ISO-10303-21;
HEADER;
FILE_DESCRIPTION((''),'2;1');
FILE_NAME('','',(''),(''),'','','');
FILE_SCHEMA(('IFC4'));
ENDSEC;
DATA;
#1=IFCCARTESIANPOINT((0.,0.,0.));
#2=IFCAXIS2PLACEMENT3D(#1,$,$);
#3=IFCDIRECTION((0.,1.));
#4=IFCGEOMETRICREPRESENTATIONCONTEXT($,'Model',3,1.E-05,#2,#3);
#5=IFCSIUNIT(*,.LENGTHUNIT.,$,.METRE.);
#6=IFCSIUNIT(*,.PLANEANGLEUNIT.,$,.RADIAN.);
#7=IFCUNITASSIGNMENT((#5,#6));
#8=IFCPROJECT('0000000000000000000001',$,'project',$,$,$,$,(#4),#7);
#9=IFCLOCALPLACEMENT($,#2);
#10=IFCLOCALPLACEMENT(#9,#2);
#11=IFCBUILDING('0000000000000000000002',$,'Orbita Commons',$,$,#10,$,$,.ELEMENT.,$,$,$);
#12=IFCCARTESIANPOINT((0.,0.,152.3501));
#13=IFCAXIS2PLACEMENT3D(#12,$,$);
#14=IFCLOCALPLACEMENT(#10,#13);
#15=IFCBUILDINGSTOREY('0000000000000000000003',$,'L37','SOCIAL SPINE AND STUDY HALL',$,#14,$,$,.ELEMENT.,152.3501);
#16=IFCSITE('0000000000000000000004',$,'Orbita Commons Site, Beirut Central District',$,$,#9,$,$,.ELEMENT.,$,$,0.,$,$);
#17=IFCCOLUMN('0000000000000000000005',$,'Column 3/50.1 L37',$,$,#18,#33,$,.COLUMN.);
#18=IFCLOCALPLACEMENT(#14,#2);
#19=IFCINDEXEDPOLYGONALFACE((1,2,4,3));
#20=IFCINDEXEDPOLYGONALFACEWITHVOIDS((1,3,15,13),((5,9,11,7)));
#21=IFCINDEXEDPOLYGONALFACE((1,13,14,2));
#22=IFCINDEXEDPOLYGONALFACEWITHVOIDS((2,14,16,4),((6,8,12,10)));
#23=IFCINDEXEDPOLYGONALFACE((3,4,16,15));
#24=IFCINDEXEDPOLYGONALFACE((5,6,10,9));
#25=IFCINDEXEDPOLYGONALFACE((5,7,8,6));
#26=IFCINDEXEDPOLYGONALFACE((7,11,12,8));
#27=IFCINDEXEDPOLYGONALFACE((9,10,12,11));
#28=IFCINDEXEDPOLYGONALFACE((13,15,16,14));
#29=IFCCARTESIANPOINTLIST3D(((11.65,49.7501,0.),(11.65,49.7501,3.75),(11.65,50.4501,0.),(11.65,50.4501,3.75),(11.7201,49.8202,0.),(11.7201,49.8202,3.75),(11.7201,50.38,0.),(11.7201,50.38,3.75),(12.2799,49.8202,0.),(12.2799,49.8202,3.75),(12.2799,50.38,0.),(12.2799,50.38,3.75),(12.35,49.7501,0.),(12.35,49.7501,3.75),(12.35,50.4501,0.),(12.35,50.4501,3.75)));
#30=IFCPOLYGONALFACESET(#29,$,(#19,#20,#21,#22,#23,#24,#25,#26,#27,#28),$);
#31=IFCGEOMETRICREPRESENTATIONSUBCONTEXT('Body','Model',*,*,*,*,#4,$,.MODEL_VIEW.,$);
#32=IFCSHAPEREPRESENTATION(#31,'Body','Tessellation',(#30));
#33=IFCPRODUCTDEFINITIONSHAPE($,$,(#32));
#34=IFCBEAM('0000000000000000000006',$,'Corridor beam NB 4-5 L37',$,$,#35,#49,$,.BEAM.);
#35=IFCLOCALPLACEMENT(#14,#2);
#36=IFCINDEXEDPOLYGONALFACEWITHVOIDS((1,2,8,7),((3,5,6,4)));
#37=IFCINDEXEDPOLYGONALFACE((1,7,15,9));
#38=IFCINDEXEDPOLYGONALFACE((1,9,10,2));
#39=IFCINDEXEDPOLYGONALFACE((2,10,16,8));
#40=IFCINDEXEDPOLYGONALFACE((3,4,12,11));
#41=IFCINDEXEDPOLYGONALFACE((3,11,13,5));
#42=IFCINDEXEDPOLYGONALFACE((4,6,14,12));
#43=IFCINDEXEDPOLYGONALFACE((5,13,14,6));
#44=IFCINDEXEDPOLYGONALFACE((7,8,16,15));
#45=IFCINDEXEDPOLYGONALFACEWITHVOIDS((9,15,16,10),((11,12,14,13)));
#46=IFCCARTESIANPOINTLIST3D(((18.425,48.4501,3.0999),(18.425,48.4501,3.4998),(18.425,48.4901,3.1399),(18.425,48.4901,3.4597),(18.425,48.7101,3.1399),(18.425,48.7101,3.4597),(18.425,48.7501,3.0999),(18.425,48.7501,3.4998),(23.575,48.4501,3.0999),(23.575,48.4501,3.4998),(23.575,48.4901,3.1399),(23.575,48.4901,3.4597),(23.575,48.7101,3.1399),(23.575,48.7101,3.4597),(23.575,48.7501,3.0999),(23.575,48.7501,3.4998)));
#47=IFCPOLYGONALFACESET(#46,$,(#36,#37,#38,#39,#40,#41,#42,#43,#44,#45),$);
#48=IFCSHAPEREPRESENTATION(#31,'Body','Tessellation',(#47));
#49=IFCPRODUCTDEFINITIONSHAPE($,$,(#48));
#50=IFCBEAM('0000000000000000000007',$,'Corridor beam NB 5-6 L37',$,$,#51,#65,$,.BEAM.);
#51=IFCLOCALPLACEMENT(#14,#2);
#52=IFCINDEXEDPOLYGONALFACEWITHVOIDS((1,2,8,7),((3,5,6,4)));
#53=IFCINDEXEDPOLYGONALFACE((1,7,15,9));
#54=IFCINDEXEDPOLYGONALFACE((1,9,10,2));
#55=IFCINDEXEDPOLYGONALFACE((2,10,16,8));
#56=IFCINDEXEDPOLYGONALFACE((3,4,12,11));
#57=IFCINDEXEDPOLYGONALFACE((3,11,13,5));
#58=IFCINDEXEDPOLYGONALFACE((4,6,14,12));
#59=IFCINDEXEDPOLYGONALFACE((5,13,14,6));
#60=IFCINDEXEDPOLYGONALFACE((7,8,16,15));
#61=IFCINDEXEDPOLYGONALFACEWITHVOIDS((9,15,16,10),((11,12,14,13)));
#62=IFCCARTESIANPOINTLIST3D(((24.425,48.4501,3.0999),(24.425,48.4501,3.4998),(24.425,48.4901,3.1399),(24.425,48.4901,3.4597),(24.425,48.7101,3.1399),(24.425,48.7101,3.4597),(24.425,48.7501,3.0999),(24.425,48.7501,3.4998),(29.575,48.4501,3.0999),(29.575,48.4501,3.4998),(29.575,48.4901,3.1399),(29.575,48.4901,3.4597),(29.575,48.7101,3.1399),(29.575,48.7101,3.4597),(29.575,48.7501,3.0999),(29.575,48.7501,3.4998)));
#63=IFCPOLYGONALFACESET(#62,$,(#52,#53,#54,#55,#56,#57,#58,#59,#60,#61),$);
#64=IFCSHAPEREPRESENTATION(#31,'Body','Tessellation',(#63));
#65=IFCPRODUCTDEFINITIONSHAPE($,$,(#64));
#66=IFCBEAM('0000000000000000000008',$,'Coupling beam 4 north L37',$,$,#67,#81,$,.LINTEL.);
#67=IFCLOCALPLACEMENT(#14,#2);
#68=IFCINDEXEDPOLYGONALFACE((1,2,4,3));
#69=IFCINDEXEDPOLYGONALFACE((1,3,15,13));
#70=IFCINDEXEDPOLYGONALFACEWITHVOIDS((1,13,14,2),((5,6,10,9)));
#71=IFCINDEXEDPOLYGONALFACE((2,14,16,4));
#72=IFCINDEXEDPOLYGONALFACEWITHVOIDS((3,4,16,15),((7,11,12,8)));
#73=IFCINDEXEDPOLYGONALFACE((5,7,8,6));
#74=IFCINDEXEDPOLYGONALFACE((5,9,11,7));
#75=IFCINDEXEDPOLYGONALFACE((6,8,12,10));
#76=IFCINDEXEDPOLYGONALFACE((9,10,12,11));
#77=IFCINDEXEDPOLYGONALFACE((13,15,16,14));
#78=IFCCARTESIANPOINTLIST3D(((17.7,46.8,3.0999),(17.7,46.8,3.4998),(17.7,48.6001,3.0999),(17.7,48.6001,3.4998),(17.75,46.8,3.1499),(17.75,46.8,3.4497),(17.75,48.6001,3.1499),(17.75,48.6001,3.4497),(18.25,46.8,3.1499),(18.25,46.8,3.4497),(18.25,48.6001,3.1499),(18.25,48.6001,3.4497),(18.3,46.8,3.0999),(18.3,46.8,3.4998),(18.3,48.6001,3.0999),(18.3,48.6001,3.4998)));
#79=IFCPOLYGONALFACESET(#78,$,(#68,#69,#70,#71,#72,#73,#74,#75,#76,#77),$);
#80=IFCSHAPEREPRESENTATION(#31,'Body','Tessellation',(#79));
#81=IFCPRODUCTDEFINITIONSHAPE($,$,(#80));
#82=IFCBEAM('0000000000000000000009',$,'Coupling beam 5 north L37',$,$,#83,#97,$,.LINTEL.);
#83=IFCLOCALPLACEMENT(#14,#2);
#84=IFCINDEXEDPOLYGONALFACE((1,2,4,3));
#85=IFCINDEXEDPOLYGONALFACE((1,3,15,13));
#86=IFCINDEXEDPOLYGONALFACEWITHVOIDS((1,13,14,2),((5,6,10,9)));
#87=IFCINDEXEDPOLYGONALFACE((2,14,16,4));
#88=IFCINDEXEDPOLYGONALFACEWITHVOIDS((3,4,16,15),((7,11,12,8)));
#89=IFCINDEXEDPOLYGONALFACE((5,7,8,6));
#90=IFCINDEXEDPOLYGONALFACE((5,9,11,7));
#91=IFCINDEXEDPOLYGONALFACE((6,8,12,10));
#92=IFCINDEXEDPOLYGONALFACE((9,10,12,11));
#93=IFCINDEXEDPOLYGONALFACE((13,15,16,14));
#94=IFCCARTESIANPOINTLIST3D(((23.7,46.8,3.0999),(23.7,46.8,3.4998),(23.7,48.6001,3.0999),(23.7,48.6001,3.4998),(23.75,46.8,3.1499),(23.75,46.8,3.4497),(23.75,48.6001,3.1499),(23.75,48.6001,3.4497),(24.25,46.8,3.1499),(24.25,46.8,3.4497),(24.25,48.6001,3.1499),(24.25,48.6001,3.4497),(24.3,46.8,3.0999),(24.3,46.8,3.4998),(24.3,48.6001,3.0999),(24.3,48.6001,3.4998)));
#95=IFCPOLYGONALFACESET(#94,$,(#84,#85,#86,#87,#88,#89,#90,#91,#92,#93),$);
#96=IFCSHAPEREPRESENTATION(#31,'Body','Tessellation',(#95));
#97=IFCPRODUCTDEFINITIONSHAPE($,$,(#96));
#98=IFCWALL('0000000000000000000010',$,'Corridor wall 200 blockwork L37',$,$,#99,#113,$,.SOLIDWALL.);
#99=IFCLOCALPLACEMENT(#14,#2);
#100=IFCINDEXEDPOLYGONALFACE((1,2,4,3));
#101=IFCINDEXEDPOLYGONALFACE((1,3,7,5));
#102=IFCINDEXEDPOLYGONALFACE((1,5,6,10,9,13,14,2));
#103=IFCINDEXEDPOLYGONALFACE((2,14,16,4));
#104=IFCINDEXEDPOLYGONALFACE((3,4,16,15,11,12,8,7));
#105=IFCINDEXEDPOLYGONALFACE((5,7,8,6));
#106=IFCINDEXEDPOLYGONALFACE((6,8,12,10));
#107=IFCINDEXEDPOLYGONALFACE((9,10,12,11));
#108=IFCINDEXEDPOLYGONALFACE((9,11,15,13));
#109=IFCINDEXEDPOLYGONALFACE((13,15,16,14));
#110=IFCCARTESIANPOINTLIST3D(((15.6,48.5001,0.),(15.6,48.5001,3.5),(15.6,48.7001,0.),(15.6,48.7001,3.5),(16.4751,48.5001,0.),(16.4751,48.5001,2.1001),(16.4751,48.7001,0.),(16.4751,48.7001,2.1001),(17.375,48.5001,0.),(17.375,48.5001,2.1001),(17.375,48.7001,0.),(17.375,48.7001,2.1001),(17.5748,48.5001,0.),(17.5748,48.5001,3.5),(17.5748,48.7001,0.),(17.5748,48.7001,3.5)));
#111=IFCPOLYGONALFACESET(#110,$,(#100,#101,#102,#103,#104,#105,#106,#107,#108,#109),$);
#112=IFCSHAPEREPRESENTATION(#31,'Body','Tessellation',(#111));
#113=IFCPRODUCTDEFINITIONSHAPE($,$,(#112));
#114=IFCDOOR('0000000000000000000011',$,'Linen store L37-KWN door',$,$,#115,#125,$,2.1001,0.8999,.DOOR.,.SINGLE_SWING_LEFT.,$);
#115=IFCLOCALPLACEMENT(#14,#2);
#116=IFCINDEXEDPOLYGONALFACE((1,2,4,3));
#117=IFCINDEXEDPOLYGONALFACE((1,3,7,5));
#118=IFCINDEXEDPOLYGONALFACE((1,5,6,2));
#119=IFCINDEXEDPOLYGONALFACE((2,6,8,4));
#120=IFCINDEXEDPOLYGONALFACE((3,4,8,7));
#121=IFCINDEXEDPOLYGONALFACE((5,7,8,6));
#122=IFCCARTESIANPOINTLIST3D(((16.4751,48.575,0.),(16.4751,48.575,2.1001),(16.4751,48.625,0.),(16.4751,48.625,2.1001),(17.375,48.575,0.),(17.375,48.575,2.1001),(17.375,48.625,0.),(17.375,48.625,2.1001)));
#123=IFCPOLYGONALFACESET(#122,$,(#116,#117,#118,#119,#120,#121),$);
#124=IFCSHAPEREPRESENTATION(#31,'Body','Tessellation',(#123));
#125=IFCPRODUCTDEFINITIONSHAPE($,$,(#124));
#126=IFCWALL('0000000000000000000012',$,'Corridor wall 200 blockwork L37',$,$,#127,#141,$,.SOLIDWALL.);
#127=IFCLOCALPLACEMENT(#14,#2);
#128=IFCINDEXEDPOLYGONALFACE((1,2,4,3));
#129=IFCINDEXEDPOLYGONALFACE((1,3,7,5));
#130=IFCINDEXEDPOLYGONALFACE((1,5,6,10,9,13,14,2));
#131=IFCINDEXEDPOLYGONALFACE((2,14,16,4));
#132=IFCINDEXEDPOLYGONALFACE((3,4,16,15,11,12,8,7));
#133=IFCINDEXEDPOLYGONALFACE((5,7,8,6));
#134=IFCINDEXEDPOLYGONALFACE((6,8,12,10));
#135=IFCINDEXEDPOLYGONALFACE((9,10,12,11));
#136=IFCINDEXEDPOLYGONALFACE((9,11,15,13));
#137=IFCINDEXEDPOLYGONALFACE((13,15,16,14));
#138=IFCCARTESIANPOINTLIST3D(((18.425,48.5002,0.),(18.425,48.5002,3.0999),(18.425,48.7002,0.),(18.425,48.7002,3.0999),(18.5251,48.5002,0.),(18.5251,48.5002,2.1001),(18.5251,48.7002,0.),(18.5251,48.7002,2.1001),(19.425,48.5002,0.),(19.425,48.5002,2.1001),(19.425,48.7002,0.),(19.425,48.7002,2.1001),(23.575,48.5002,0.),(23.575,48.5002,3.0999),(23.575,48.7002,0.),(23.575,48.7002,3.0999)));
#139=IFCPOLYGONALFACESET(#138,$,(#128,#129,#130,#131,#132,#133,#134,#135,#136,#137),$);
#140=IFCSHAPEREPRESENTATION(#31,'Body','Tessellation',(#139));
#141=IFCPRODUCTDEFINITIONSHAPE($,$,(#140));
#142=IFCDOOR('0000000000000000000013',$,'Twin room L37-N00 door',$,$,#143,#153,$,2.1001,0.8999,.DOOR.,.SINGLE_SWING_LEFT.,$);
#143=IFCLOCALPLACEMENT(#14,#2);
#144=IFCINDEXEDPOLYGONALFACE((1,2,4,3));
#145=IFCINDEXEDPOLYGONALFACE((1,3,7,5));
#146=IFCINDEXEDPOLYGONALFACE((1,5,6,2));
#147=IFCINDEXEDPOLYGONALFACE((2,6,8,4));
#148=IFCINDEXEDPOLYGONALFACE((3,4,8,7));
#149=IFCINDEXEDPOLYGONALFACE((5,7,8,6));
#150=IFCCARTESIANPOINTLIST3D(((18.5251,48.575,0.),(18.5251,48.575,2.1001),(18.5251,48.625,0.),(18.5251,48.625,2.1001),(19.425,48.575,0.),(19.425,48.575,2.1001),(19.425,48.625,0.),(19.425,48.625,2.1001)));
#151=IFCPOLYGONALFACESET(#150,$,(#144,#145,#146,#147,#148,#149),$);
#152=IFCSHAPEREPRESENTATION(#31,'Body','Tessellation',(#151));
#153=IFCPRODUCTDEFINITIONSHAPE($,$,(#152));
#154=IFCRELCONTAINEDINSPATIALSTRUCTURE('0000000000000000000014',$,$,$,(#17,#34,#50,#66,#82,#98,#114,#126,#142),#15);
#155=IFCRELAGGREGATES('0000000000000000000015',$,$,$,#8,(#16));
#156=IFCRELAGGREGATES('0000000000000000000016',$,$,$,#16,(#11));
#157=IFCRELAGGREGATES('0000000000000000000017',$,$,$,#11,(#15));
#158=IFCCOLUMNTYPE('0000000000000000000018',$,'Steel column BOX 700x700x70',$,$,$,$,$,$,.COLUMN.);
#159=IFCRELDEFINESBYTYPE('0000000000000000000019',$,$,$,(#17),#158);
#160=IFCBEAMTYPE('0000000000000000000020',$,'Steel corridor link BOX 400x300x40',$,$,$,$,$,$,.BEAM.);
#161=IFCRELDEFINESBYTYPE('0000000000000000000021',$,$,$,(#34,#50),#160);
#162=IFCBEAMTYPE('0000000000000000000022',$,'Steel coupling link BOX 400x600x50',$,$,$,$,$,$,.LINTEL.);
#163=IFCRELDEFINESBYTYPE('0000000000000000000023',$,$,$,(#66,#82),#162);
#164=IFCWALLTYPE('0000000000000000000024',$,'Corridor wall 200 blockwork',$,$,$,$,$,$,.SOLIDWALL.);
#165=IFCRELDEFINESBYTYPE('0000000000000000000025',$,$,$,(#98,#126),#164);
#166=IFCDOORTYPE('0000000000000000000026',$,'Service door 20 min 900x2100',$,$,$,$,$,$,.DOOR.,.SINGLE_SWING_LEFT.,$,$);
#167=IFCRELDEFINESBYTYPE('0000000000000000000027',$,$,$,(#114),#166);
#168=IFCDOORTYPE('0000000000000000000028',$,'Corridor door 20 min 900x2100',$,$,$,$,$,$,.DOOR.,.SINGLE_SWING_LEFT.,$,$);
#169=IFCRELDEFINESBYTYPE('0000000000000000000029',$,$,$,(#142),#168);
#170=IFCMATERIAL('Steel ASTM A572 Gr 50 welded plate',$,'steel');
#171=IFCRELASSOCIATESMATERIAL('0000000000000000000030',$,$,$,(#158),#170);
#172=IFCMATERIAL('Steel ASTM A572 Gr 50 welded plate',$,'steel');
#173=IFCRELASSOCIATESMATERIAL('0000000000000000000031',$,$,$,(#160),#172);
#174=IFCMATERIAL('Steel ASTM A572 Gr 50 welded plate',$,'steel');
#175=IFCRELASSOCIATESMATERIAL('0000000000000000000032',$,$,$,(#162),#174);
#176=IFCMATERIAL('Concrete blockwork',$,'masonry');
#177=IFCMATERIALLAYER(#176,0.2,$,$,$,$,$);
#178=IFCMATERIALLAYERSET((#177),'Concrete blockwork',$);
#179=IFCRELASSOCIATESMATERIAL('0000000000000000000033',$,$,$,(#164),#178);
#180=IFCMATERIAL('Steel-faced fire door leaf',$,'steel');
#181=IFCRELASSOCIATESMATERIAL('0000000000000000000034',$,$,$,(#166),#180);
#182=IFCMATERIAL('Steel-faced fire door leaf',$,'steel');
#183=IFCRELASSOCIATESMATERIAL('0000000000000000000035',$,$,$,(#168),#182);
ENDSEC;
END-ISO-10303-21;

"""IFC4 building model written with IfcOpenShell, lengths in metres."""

from ifc_helpers import new_model, si_unit, direction, frame, frame_2d, origin, origin_2d, place, context, subcontext, project, spatial, polyline, rectangle, hollow_rectangle, outline, extrude, material, layer, layer_set, material_profile, profile_set, type_object, element, fill, save


model = new_model("IFC4")

# Units and contexts
model_context = context("Model", 3, precision=1e-05, world=origin(), true_north=direction((0.0, 1.0)))
body_context = subcontext(model_context, "Body", "Model", "MODEL_VIEW")
ifc_project = project(units=[si_unit("LENGTHUNIT", "METRE"), si_unit("PLANEANGLEUNIT", "RADIAN")], contexts=[model_context])

# Site, building, storey
site_placement = place(None, origin())
site = spatial("IfcSite", under=ifc_project, at=site_placement, Name="Orbita Commons Site, Beirut Central District", CompositionType="ELEMENT", RefElevation=0.0)
building_placement = place(site_placement, origin())
building = spatial("IfcBuilding", under=site, at=building_placement, Name="Orbita Commons", CompositionType="ELEMENT")
storey_placement = place(building_placement, frame((0.0, 0.0, 152.3501)))
storey = spatial("IfcBuildingStorey", under=building, at=storey_placement, Name="L37", Description="SOCIAL SPINE AND STUDY HALL", CompositionType="ELEMENT", Elevation=152.3501)

# Column
ifc_material_1 = material(Name="Steel ASTM A572 Gr 50 welded plate", Category="steel")
ifc_material_profile_1 = material_profile(ifc_material_1, hollow_rectangle(XDim=0.7, YDim=0.7, WallThickness=0.0701, at=origin_2d()), Name="BOX 700x700x70")
ifc_profile_set_1 = profile_set([ifc_material_profile_1], Name="Steel ASTM A572 Gr 50 welded plate")
column_type = type_object("IfcColumnType", Name="Steel column BOX 700x700x70", PredefinedType="COLUMN", material=ifc_profile_set_1)
column_placement = place(storey_placement, frame((12.0, 50.1001, 0.0), z_axis=(0.0, 0.0, 1.0), x_axis=(1.0, 0.0, 0.0)))
element("IfcColumn", 1, at=column_placement, inside=storey, type_object=column_type, Name="Column 3/50.1 L37", PredefinedType="COLUMN", context=body_context, shape_type="SweptSolid", body=[
    extrude(hollow_rectangle(XDim=0.7, YDim=0.7, WallThickness=0.0701, at=origin_2d()), origin(), (0.0, 0.0, 1.0), 3.75),
])

# Beams
ifc_material_2 = material(Name="Steel ASTM A572 Gr 50 welded plate", Category="steel")
ifc_material_profile_2 = material_profile(ifc_material_2, hollow_rectangle(XDim=0.3, YDim=0.3999, WallThickness=0.04, at=origin_2d()), Name="BOX 400x300x40")
ifc_profile_set_2 = profile_set([ifc_material_profile_2], Name="Steel ASTM A572 Gr 50 welded plate")
beam_type_1 = type_object("IfcBeamType", Name="Steel corridor link BOX 400x300x40", PredefinedType="BEAM", material=ifc_profile_set_2)
for number, where, z_axis, x_axis, name in (
    (2, (18.425, 48.6001, 3.2998), (1.0, 0.0, 0.0), (0.0, 1.0, 0.0), "Corridor beam NB 4-5 L37"),
    (3, (24.425, 48.6001, 3.2998), (1.0, 0.0, 0.0), (0.0, 1.0, 0.0), "Corridor beam NB 5-6 L37"),
):
    element("IfcBeam", number, at=place(storey_placement, frame(where, z_axis=z_axis, x_axis=x_axis)), inside=storey, type_object=beam_type_1, Name=name, PredefinedType="BEAM", context=body_context, shape_type="SweptSolid", body=[
        extrude(hollow_rectangle(XDim=0.3, YDim=0.3999, WallThickness=0.04, at=origin_2d()), origin(), (0.0, 0.0, 1.0), 5.1499),
    ])
ifc_material_3 = material(Name="Steel ASTM A572 Gr 50 welded plate", Category="steel")
ifc_material_profile_3 = material_profile(ifc_material_3, hollow_rectangle(XDim=0.6001, YDim=0.3999, WallThickness=0.05, at=origin_2d()), Name="BOX 400x600x50")
ifc_profile_set_3 = profile_set([ifc_material_profile_3], Name="Steel ASTM A572 Gr 50 welded plate")
beam_type_2 = type_object("IfcBeamType", Name="Steel coupling link BOX 400x600x50", PredefinedType="LINTEL", material=ifc_profile_set_3)
for number, where, z_axis, x_axis, name in (
    (4, (18.0, 46.8, 3.2998), (0.0, 1.0, 0.0), (-1.0, 0.0, 0.0), "Coupling beam 4 north L37"),
    (5, (24.0, 46.8, 3.2998), (0.0, 1.0, 0.0), (-1.0, 0.0, 0.0), "Coupling beam 5 north L37"),
):
    element("IfcBeam", number, at=place(storey_placement, frame(where, z_axis=z_axis, x_axis=x_axis)), inside=storey, type_object=beam_type_2, Name=name, PredefinedType="LINTEL", context=body_context, shape_type="SweptSolid", body=[
        extrude(hollow_rectangle(XDim=0.6001, YDim=0.3999, WallThickness=0.05, at=origin_2d()), origin(), (0.0, 0.0, 1.0), 1.8),
    ])

# Walls, openings, doors
ifc_material_4 = material(Name="Concrete blockwork", Category="masonry")
ifc_layer_1 = layer(ifc_material_4, 0.2)
ifc_layer_set_1 = layer_set([ifc_layer_1], Name="Concrete blockwork")
wall_type_1 = type_object("IfcWallType", Name="Corridor wall 200 blockwork", PredefinedType="SOLIDWALL", material=ifc_layer_set_1)
wall_1_placement = place(storey_placement, frame((15.6001, 48.6001, 0.0), z_axis=(0.0, 0.0, 1.0), x_axis=(1.0, 0.0, 0.0)))
wall_1 = element("IfcWall", 6, at=wall_1_placement, inside=storey, type_object=wall_type_1, Name="Corridor wall 200 blockwork L37", PredefinedType="SOLIDWALL", context=body_context, shape_type="SweptSolid", body=[
    extrude(rectangle(XDim=1.9749, YDim=0.2, at=frame_2d((0.9873, 0.0))), origin(), (0.0, 0.0, 1.0), 3.5),
])
opening_1_placement = place(wall_1_placement, frame((0.875, 0.0, 0.0)))
opening_1 = element("IfcOpeningElement", 7, at=opening_1_placement, cuts=wall_1, PredefinedType="OPENING", context=body_context, shape_type="SweptSolid", body=[
    extrude(rectangle(XDim=0.8999, YDim=2.1001, at=frame_2d((0.45, 1.05))), frame((0.0, 0.1099, 0.0), z_axis=(0.0, -1.0, 0.0), x_axis=(1.0, 0.0, 0.0)), (0.0, 0.0, 1.0), 0.22),
])
ifc_material_5 = material(Name="Steel-faced fire door leaf", Category="steel")
door_type_1 = type_object("IfcDoorType", Name="Service door 20 min 900x2100", OperationType="SINGLE_SWING_LEFT", PredefinedType="DOOR", material=ifc_material_5)
door_1_placement = place(opening_1_placement, origin())
door_1 = element("IfcDoor", 8, at=door_1_placement, inside=storey, type_object=door_type_1, Name="Linen store L37-KWN door", OperationType="SINGLE_SWING_LEFT", OverallHeight=2.1001, OverallWidth=0.8999, PredefinedType="DOOR", context=body_context, shape_type="SweptSolid", body=[
    extrude(rectangle(XDim=0.8999, YDim=2.1001, at=frame_2d((0.45, 1.05))), frame((0.0, 0.0249, 0.0), z_axis=(0.0, -1.0, 0.0), x_axis=(1.0, 0.0, 0.0)), (0.0, 0.0, 1.0), 0.05),
])
fill(opening_1, door_1)
wall_2_placement = place(storey_placement, frame((18.425, 48.6001, 0.0), z_axis=(0.0, 0.0, 1.0), x_axis=(1.0, 0.0, 0.0)))
wall_2 = element("IfcWall", 9, at=wall_2_placement, inside=storey, type_object=wall_type_1, Name="Corridor wall 200 blockwork L37", PredefinedType="SOLIDWALL", context=body_context, shape_type="SweptSolid", body=[
    extrude(outline(polyline([(0.0, 0.0), (5.1499, 0.0), (5.1499, 3.0999), (0.0, 3.0999), (0.0, 0.0)])), frame((0.0, 0.1001, 0.0), z_axis=(0.0, -1.0, 0.0), x_axis=(1.0, 0.0, 0.0)), (0.0, 0.0, 1.0), 0.2),
])
opening_2_placement = place(wall_2_placement, frame((0.1001, 0.0, 0.0)))
opening_2 = element("IfcOpeningElement", 10, at=opening_2_placement, cuts=wall_2, PredefinedType="OPENING", context=body_context, shape_type="SweptSolid", body=[
    extrude(rectangle(XDim=0.8999, YDim=2.1001, at=frame_2d((0.45, 1.05))), frame((0.0, 0.1099, 0.0), z_axis=(0.0, -1.0, 0.0), x_axis=(1.0, 0.0, 0.0)), (0.0, 0.0, 1.0), 0.22),
])
ifc_material_6 = material(Name="Steel-faced fire door leaf", Category="steel")
door_type_2 = type_object("IfcDoorType", Name="Corridor door 20 min 900x2100", OperationType="SINGLE_SWING_LEFT", PredefinedType="DOOR", material=ifc_material_6)
door_2_placement = place(opening_2_placement, origin())
door_2 = element("IfcDoor", 11, at=door_2_placement, inside=storey, type_object=door_type_2, Name="Twin room L37-N00 door", OperationType="SINGLE_SWING_LEFT", OverallHeight=2.1001, OverallWidth=0.8999, PredefinedType="DOOR", context=body_context, shape_type="SweptSolid", body=[
    extrude(rectangle(XDim=0.8999, YDim=2.1001, at=frame_2d((0.45, 1.05))), frame((0.0, 0.0249, 0.0), z_axis=(0.0, -1.0, 0.0), x_axis=(1.0, 0.0, 0.0)), (0.0, 0.0, 1.0), 0.05),
])
fill(opening_2, door_2)

save(model, "model.ifc")
